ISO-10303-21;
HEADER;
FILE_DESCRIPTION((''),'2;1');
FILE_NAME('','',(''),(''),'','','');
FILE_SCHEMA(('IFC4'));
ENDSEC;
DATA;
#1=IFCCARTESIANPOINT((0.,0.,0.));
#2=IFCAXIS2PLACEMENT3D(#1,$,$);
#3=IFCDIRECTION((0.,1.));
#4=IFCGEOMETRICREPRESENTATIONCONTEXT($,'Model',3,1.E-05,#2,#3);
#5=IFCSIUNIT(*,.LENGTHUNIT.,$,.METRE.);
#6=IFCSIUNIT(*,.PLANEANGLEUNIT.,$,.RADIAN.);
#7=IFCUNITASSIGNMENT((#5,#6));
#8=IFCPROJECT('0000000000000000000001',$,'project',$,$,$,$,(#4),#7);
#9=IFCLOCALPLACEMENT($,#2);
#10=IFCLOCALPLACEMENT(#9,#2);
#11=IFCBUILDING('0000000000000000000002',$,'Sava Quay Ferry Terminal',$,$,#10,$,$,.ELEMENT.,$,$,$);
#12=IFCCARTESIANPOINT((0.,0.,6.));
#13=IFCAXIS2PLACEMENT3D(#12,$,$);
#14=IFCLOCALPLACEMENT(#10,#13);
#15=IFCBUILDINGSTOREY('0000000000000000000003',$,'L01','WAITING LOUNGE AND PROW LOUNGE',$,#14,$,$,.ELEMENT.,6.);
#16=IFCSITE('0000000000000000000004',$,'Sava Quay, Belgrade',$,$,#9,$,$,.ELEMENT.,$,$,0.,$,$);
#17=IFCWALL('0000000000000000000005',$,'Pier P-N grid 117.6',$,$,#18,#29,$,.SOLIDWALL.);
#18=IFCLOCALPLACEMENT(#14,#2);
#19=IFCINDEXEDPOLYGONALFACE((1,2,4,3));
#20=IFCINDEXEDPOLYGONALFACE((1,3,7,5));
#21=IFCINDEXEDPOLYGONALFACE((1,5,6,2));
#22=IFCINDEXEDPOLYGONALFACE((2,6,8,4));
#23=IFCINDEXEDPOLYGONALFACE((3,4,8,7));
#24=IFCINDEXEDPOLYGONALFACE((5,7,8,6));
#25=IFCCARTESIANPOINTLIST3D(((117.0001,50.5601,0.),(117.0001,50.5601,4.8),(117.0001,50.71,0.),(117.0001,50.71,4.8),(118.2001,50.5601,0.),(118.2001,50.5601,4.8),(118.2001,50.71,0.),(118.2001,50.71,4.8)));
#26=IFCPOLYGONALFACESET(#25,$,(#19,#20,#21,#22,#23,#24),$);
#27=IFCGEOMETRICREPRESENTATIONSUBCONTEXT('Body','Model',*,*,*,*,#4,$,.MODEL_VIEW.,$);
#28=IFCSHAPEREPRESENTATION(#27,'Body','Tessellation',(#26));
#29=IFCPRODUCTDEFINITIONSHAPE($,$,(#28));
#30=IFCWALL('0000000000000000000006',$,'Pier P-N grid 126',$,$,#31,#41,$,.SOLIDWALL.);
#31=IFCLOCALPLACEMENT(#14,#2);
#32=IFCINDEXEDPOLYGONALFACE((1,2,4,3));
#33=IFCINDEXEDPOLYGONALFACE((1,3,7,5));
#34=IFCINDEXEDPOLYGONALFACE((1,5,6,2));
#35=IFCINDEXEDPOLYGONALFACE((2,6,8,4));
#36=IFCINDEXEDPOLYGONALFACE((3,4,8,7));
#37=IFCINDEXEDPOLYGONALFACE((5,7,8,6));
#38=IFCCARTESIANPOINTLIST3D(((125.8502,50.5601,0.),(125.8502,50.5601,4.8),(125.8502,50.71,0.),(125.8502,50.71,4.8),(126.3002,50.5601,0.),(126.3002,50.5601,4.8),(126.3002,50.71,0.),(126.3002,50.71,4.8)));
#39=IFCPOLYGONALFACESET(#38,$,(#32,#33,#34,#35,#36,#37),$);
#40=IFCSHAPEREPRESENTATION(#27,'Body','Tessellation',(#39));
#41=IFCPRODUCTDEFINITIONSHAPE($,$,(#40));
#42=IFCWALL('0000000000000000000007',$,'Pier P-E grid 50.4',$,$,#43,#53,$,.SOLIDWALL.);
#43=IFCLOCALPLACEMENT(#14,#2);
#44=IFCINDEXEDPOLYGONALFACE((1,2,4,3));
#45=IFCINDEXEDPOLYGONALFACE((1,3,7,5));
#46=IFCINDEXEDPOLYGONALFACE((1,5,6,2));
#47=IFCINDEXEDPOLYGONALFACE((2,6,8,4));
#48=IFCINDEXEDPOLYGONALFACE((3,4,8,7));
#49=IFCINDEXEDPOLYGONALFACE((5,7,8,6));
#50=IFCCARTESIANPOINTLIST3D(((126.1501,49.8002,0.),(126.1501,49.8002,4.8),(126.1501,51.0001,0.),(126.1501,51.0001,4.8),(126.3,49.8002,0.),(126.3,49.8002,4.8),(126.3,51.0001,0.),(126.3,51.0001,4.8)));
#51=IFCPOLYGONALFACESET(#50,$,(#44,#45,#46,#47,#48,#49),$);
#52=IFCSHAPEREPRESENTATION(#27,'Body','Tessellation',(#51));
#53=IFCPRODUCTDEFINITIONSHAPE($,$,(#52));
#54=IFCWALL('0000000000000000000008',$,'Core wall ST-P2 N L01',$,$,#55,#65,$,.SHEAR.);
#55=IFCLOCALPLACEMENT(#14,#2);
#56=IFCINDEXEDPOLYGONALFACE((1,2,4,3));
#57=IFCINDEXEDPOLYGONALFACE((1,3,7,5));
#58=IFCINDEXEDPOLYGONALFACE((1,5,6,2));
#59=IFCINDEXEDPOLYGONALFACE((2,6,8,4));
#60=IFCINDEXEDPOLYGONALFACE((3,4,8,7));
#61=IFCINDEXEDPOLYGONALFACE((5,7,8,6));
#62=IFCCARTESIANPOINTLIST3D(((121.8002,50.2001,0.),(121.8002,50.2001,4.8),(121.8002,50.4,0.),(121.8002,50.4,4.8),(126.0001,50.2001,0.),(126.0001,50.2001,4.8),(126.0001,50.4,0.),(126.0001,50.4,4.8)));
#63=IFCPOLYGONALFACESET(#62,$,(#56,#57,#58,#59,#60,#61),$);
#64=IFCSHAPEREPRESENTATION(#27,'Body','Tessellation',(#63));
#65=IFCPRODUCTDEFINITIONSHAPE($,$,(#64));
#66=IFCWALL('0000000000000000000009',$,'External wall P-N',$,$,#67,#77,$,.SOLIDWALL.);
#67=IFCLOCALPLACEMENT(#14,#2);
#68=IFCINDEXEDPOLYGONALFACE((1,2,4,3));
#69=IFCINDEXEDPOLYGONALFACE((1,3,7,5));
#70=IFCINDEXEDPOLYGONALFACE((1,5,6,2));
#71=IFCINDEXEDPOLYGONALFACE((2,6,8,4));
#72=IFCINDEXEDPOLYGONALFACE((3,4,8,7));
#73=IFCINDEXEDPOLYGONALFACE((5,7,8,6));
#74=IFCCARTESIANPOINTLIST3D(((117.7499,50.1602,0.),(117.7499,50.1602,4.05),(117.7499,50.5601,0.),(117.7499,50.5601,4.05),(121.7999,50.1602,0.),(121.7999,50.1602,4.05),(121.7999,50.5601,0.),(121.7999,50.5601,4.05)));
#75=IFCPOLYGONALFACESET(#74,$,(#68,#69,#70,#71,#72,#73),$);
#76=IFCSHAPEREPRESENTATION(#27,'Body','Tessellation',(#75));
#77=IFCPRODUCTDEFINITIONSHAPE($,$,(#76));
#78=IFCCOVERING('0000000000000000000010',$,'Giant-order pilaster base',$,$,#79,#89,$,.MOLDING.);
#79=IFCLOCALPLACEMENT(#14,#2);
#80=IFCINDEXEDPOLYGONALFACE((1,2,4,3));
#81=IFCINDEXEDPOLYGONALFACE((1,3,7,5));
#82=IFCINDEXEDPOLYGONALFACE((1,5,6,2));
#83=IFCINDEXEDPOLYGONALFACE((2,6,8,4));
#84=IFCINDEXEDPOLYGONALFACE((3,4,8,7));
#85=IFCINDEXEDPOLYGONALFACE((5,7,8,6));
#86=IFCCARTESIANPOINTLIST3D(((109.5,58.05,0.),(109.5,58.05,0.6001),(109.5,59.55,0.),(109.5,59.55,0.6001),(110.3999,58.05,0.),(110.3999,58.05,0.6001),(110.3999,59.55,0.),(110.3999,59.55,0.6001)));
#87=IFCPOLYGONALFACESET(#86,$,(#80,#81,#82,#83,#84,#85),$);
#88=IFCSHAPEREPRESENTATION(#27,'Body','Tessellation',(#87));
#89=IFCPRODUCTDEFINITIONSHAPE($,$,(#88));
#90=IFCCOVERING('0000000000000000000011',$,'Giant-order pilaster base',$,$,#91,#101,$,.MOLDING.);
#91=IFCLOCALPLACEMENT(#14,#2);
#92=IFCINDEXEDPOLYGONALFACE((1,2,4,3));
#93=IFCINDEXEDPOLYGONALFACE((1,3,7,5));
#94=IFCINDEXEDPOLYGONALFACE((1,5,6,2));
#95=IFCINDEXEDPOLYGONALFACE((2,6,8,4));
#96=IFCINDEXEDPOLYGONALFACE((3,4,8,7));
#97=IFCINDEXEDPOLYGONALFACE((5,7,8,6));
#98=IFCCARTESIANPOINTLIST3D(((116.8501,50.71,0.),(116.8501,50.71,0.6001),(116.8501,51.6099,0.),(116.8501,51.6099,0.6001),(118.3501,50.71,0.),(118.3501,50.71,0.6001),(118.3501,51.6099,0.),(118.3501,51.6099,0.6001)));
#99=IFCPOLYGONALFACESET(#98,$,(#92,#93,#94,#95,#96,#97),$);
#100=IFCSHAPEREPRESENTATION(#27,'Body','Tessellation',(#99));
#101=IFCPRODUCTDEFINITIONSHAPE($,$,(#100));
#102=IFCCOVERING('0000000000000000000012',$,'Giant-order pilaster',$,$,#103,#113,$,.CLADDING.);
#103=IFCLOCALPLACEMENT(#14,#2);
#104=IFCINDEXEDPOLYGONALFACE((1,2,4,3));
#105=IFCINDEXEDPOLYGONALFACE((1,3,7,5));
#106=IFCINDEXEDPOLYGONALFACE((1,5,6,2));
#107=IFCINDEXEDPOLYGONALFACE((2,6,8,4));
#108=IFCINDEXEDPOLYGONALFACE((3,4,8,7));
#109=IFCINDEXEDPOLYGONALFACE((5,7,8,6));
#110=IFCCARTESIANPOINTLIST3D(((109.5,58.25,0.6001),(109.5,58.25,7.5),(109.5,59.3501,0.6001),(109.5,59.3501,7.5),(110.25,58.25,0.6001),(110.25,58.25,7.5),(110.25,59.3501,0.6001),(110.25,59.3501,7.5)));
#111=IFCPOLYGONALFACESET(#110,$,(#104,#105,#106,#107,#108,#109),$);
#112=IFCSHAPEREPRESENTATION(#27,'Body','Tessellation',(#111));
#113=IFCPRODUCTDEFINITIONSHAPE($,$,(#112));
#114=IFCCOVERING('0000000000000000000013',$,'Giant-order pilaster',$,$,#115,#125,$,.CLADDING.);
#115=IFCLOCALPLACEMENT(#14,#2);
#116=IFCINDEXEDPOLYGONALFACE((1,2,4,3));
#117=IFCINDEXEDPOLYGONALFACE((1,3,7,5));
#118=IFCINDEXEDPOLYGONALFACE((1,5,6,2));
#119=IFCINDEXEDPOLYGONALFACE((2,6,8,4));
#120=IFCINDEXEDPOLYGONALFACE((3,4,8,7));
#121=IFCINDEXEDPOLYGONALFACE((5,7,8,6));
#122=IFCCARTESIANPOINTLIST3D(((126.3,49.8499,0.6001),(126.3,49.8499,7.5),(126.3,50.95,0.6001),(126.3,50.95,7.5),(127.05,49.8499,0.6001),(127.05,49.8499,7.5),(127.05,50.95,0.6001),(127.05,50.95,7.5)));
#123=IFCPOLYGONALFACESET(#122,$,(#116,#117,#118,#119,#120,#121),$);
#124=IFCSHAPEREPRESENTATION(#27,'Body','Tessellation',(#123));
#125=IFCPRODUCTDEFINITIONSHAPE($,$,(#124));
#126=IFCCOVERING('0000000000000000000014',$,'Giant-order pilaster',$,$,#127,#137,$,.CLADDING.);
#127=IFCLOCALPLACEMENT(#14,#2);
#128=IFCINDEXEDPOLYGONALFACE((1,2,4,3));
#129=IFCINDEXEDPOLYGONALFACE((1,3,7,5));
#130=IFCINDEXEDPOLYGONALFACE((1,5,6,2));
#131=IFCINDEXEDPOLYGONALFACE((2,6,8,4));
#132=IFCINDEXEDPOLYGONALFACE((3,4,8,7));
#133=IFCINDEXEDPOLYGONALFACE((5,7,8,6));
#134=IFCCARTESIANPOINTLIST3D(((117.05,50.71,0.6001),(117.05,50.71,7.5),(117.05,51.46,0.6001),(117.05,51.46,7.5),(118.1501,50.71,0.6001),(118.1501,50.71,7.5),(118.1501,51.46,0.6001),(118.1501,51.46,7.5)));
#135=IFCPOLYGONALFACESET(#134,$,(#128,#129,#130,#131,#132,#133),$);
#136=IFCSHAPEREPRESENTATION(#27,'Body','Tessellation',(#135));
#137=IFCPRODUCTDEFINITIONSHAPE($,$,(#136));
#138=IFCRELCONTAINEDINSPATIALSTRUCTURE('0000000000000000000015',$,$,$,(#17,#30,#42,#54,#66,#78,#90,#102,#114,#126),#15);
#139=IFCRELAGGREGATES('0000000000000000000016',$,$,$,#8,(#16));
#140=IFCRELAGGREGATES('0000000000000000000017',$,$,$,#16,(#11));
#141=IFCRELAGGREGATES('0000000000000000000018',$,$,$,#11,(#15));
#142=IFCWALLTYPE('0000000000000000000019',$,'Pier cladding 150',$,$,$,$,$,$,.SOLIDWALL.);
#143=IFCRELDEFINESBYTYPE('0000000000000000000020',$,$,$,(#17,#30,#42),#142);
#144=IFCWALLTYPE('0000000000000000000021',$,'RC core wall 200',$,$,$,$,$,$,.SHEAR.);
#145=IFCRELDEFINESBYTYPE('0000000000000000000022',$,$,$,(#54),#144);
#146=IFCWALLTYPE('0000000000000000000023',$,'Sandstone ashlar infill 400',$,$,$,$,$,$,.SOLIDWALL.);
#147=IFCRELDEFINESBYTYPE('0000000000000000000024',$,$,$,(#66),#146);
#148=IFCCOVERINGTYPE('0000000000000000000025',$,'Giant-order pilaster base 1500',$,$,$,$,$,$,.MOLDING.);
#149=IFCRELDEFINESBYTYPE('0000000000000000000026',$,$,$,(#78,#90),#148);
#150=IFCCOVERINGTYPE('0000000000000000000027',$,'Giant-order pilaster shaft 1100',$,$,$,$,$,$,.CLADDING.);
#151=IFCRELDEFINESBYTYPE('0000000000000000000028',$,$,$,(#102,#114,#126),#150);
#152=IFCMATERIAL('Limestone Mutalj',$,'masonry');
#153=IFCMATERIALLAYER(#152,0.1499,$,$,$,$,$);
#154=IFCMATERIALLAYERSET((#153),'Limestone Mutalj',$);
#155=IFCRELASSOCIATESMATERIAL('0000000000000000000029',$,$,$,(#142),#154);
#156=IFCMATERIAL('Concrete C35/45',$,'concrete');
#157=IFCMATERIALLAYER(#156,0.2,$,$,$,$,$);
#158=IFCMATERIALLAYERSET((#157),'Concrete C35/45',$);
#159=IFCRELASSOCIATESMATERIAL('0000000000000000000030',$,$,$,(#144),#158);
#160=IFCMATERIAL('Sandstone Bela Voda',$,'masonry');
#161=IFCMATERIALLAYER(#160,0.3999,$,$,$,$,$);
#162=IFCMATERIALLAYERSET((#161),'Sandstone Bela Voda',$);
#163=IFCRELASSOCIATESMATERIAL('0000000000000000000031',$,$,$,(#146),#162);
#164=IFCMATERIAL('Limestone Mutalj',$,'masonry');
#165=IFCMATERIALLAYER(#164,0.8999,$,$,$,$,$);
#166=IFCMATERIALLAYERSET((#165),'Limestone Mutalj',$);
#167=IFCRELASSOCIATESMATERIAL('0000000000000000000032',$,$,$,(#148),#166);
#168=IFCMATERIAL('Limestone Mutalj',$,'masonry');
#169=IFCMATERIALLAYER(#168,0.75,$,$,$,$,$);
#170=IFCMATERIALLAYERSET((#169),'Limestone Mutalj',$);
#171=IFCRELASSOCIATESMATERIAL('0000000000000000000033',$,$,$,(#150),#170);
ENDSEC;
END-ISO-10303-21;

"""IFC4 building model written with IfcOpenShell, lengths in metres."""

from ifc_helpers import new_model, si_unit, direction, frame, frame_2d, origin, origin_2d, place, context, subcontext, project, spatial, rectangle, extrude, material, layer, layer_set, type_object, element, save


model = new_model("IFC4")

# Units and contexts
model_context = context("Model", 3, precision=1e-05, world=origin(), true_north=direction((0.0, 1.0)))
body_context = subcontext(model_context, "Body", "Model", "MODEL_VIEW")
ifc_project = project(units=[si_unit("LENGTHUNIT", "METRE"), si_unit("PLANEANGLEUNIT", "RADIAN")], contexts=[model_context])

# Site, building, storey
site_placement = place(None, origin())
site = spatial("IfcSite", under=ifc_project, at=site_placement, Name="Sava Quay, Belgrade", CompositionType="ELEMENT", RefElevation=0.0)
building_placement = place(site_placement, origin())
building = spatial("IfcBuilding", under=site, at=building_placement, Name="Sava Quay Ferry Terminal", CompositionType="ELEMENT")
storey_placement = place(building_placement, frame((0.0, 0.0, 6.0)))
storey = spatial("IfcBuildingStorey", under=building, at=storey_placement, Name="L01", Description="WAITING LOUNGE AND PROW LOUNGE", CompositionType="ELEMENT", Elevation=6.0)

# Walls
ifc_material_1 = material(Name="Limestone Mutalj", Category="masonry")
ifc_layer_1 = layer(ifc_material_1, 0.1499)
ifc_layer_set_1 = layer_set([ifc_layer_1], Name="Limestone Mutalj")
wall_type_1 = type_object("IfcWallType", Name="Pier cladding 150", PredefinedType="SOLIDWALL", material=ifc_layer_set_1)
wall_1_placement = place(storey_placement, frame((117.0, 50.635, 0.0), z_axis=(0.0, 0.0, 1.0), x_axis=(1.0, 0.0, 0.0)))
element("IfcWall", 1, at=wall_1_placement, inside=storey, type_object=wall_type_1, Name="Pier P-N grid 117.6", PredefinedType="SOLIDWALL", context=body_context, shape_type="SweptSolid", body=[
    extrude(rectangle(XDim=1.2, YDim=0.1499, at=frame_2d((0.6001, 0.0))), origin(), (0.0, 0.0, 1.0), 4.8),
])
wall_2_placement = place(storey_placement, frame((125.8501, 50.635, 0.0), z_axis=(0.0, 0.0, 1.0), x_axis=(1.0, 0.0, 0.0)))
element("IfcWall", 2, at=wall_2_placement, inside=storey, type_object=wall_type_1, Name="Pier P-N grid 126", PredefinedType="SOLIDWALL", context=body_context, shape_type="SweptSolid", body=[
    extrude(rectangle(XDim=0.45, YDim=0.1499, at=frame_2d((0.2251, 0.0))), origin(), (0.0, 0.0, 1.0), 4.8),
])
wall_3_placement = place(storey_placement, frame((126.2251, 49.8, 0.0), z_axis=(0.0, 0.0, 1.0), x_axis=(0.0, 1.0, 0.0)))
element("IfcWall", 3, at=wall_3_placement, inside=storey, type_object=wall_type_1, Name="Pier P-E grid 50.4", PredefinedType="SOLIDWALL", context=body_context, shape_type="SweptSolid", body=[
    extrude(rectangle(XDim=1.2, YDim=0.1499, at=frame_2d((0.6001, 0.0))), origin(), (0.0, 0.0, 1.0), 4.8),
])
ifc_material_2 = material(Name="Concrete C35/45", Category="concrete")
ifc_layer_2 = layer(ifc_material_2, 0.2)
ifc_layer_set_2 = layer_set([ifc_layer_2], Name="Concrete C35/45")
wall_type_2 = type_object("IfcWallType", Name="RC core wall 200", PredefinedType="SHEAR", material=ifc_layer_set_2)
wall_4_placement = place(storey_placement, frame((121.8, 50.3, 0.0), z_axis=(0.0, 0.0, 1.0), x_axis=(1.0, 0.0, 0.0)))
element("IfcWall", 4, at=wall_4_placement, inside=storey, type_object=wall_type_2, Name="Core wall ST-P2 N L01", PredefinedType="SHEAR", context=body_context, shape_type="SweptSolid", body=[
    extrude(rectangle(XDim=4.2, YDim=0.2, at=frame_2d((2.1001, 0.0))), origin(), (0.0, 0.0, 1.0), 4.8),
])
ifc_material_3 = material(Name="Sandstone Bela Voda", Category="masonry")
ifc_layer_3 = layer(ifc_material_3, 0.3999)
ifc_layer_set_3 = layer_set([ifc_layer_3], Name="Sandstone Bela Voda")
wall_type_3 = type_object("IfcWallType", Name="Sandstone ashlar infill 400", PredefinedType="SOLIDWALL", material=ifc_layer_set_3)
wall_5_placement = place(storey_placement, frame((117.75, 50.3601, 0.0), z_axis=(0.0, 0.0, 1.0), x_axis=(1.0, 0.0, 0.0)))
element("IfcWall", 5, at=wall_5_placement, inside=storey, type_object=wall_type_3, Name="External wall P-N", PredefinedType="SOLIDWALL", context=body_context, shape_type="SweptSolid", body=[
    extrude(rectangle(XDim=4.05, YDim=0.3999, at=frame_2d((2.0249, 0.0))), origin(), (0.0, 0.0, 1.0), 4.05),
])

# Coverings
ifc_material_4 = material(Name="Limestone Mutalj", Category="masonry")
ifc_layer_4 = layer(ifc_material_4, 0.8999)
ifc_layer_set_4 = layer_set([ifc_layer_4], Name="Limestone Mutalj")
covering_type_1 = type_object("IfcCoveringType", Name="Giant-order pilaster base 1500", PredefinedType="MOLDING", material=ifc_layer_set_4)
covering_1_placement = place(storey_placement, frame((109.95, 58.8, 0.0), z_axis=(0.0, 0.0, 1.0), x_axis=(1.0, 0.0, 0.0)))
element("IfcCovering", 6, at=covering_1_placement, inside=storey, type_object=covering_type_1, Name="Giant-order pilaster base", PredefinedType="MOLDING", context=body_context, shape_type="SweptSolid", body=[
    extrude(rectangle(XDim=0.8999, YDim=1.5, at=origin_2d()), origin(), (0.0, 0.0, 1.0), 0.6001),
])
covering_2_placement = place(storey_placement, frame((117.6001, 51.1599, 0.0), z_axis=(0.0, 0.0, 1.0), x_axis=(1.0, 0.0, 0.0)))
element("IfcCovering", 7, at=covering_2_placement, inside=storey, type_object=covering_type_1, Name="Giant-order pilaster base", PredefinedType="MOLDING", context=body_context, shape_type="SweptSolid", body=[
    extrude(rectangle(XDim=1.5, YDim=0.8999, at=origin_2d()), origin(), (0.0, 0.0, 1.0), 0.6001),
])
ifc_material_5 = material(Name="Limestone Mutalj", Category="masonry")
ifc_layer_5 = layer(ifc_material_5, 0.75)
ifc_layer_set_5 = layer_set([ifc_layer_5], Name="Limestone Mutalj")
covering_type_2 = type_object("IfcCoveringType", Name="Giant-order pilaster shaft 1100", PredefinedType="CLADDING", material=ifc_layer_set_5)
for number, where, z_axis, x_axis, name in (
    (8, (109.875, 58.8, 0.6001), (0.0, 0.0, 1.0), (1.0, 0.0, 0.0), "Giant-order pilaster"),
    (9, (126.675, 50.3999, 0.6001), (0.0, 0.0, 1.0), (1.0, 0.0, 0.0), "Giant-order pilaster"),
):
    element("IfcCovering", number, at=place(storey_placement, frame(where, z_axis=z_axis, x_axis=x_axis)), inside=storey, type_object=covering_type_2, Name=name, PredefinedType="CLADDING", context=body_context, shape_type="SweptSolid", body=[
        extrude(rectangle(XDim=0.75, YDim=1.1001, at=origin_2d()), origin(), (0.0, 0.0, 1.0), 6.8999),
    ])
covering_3_placement = place(storey_placement, frame((117.6001, 51.085, 0.6001), z_axis=(0.0, 0.0, 1.0), x_axis=(1.0, 0.0, 0.0)))
element("IfcCovering", 10, at=covering_3_placement, inside=storey, type_object=covering_type_2, Name="Giant-order pilaster", PredefinedType="CLADDING", context=body_context, shape_type="SweptSolid", body=[
    extrude(rectangle(XDim=1.1001, YDim=0.75, at=origin_2d()), origin(), (0.0, 0.0, 1.0), 6.8999),
])

save(model, "model.ifc")
